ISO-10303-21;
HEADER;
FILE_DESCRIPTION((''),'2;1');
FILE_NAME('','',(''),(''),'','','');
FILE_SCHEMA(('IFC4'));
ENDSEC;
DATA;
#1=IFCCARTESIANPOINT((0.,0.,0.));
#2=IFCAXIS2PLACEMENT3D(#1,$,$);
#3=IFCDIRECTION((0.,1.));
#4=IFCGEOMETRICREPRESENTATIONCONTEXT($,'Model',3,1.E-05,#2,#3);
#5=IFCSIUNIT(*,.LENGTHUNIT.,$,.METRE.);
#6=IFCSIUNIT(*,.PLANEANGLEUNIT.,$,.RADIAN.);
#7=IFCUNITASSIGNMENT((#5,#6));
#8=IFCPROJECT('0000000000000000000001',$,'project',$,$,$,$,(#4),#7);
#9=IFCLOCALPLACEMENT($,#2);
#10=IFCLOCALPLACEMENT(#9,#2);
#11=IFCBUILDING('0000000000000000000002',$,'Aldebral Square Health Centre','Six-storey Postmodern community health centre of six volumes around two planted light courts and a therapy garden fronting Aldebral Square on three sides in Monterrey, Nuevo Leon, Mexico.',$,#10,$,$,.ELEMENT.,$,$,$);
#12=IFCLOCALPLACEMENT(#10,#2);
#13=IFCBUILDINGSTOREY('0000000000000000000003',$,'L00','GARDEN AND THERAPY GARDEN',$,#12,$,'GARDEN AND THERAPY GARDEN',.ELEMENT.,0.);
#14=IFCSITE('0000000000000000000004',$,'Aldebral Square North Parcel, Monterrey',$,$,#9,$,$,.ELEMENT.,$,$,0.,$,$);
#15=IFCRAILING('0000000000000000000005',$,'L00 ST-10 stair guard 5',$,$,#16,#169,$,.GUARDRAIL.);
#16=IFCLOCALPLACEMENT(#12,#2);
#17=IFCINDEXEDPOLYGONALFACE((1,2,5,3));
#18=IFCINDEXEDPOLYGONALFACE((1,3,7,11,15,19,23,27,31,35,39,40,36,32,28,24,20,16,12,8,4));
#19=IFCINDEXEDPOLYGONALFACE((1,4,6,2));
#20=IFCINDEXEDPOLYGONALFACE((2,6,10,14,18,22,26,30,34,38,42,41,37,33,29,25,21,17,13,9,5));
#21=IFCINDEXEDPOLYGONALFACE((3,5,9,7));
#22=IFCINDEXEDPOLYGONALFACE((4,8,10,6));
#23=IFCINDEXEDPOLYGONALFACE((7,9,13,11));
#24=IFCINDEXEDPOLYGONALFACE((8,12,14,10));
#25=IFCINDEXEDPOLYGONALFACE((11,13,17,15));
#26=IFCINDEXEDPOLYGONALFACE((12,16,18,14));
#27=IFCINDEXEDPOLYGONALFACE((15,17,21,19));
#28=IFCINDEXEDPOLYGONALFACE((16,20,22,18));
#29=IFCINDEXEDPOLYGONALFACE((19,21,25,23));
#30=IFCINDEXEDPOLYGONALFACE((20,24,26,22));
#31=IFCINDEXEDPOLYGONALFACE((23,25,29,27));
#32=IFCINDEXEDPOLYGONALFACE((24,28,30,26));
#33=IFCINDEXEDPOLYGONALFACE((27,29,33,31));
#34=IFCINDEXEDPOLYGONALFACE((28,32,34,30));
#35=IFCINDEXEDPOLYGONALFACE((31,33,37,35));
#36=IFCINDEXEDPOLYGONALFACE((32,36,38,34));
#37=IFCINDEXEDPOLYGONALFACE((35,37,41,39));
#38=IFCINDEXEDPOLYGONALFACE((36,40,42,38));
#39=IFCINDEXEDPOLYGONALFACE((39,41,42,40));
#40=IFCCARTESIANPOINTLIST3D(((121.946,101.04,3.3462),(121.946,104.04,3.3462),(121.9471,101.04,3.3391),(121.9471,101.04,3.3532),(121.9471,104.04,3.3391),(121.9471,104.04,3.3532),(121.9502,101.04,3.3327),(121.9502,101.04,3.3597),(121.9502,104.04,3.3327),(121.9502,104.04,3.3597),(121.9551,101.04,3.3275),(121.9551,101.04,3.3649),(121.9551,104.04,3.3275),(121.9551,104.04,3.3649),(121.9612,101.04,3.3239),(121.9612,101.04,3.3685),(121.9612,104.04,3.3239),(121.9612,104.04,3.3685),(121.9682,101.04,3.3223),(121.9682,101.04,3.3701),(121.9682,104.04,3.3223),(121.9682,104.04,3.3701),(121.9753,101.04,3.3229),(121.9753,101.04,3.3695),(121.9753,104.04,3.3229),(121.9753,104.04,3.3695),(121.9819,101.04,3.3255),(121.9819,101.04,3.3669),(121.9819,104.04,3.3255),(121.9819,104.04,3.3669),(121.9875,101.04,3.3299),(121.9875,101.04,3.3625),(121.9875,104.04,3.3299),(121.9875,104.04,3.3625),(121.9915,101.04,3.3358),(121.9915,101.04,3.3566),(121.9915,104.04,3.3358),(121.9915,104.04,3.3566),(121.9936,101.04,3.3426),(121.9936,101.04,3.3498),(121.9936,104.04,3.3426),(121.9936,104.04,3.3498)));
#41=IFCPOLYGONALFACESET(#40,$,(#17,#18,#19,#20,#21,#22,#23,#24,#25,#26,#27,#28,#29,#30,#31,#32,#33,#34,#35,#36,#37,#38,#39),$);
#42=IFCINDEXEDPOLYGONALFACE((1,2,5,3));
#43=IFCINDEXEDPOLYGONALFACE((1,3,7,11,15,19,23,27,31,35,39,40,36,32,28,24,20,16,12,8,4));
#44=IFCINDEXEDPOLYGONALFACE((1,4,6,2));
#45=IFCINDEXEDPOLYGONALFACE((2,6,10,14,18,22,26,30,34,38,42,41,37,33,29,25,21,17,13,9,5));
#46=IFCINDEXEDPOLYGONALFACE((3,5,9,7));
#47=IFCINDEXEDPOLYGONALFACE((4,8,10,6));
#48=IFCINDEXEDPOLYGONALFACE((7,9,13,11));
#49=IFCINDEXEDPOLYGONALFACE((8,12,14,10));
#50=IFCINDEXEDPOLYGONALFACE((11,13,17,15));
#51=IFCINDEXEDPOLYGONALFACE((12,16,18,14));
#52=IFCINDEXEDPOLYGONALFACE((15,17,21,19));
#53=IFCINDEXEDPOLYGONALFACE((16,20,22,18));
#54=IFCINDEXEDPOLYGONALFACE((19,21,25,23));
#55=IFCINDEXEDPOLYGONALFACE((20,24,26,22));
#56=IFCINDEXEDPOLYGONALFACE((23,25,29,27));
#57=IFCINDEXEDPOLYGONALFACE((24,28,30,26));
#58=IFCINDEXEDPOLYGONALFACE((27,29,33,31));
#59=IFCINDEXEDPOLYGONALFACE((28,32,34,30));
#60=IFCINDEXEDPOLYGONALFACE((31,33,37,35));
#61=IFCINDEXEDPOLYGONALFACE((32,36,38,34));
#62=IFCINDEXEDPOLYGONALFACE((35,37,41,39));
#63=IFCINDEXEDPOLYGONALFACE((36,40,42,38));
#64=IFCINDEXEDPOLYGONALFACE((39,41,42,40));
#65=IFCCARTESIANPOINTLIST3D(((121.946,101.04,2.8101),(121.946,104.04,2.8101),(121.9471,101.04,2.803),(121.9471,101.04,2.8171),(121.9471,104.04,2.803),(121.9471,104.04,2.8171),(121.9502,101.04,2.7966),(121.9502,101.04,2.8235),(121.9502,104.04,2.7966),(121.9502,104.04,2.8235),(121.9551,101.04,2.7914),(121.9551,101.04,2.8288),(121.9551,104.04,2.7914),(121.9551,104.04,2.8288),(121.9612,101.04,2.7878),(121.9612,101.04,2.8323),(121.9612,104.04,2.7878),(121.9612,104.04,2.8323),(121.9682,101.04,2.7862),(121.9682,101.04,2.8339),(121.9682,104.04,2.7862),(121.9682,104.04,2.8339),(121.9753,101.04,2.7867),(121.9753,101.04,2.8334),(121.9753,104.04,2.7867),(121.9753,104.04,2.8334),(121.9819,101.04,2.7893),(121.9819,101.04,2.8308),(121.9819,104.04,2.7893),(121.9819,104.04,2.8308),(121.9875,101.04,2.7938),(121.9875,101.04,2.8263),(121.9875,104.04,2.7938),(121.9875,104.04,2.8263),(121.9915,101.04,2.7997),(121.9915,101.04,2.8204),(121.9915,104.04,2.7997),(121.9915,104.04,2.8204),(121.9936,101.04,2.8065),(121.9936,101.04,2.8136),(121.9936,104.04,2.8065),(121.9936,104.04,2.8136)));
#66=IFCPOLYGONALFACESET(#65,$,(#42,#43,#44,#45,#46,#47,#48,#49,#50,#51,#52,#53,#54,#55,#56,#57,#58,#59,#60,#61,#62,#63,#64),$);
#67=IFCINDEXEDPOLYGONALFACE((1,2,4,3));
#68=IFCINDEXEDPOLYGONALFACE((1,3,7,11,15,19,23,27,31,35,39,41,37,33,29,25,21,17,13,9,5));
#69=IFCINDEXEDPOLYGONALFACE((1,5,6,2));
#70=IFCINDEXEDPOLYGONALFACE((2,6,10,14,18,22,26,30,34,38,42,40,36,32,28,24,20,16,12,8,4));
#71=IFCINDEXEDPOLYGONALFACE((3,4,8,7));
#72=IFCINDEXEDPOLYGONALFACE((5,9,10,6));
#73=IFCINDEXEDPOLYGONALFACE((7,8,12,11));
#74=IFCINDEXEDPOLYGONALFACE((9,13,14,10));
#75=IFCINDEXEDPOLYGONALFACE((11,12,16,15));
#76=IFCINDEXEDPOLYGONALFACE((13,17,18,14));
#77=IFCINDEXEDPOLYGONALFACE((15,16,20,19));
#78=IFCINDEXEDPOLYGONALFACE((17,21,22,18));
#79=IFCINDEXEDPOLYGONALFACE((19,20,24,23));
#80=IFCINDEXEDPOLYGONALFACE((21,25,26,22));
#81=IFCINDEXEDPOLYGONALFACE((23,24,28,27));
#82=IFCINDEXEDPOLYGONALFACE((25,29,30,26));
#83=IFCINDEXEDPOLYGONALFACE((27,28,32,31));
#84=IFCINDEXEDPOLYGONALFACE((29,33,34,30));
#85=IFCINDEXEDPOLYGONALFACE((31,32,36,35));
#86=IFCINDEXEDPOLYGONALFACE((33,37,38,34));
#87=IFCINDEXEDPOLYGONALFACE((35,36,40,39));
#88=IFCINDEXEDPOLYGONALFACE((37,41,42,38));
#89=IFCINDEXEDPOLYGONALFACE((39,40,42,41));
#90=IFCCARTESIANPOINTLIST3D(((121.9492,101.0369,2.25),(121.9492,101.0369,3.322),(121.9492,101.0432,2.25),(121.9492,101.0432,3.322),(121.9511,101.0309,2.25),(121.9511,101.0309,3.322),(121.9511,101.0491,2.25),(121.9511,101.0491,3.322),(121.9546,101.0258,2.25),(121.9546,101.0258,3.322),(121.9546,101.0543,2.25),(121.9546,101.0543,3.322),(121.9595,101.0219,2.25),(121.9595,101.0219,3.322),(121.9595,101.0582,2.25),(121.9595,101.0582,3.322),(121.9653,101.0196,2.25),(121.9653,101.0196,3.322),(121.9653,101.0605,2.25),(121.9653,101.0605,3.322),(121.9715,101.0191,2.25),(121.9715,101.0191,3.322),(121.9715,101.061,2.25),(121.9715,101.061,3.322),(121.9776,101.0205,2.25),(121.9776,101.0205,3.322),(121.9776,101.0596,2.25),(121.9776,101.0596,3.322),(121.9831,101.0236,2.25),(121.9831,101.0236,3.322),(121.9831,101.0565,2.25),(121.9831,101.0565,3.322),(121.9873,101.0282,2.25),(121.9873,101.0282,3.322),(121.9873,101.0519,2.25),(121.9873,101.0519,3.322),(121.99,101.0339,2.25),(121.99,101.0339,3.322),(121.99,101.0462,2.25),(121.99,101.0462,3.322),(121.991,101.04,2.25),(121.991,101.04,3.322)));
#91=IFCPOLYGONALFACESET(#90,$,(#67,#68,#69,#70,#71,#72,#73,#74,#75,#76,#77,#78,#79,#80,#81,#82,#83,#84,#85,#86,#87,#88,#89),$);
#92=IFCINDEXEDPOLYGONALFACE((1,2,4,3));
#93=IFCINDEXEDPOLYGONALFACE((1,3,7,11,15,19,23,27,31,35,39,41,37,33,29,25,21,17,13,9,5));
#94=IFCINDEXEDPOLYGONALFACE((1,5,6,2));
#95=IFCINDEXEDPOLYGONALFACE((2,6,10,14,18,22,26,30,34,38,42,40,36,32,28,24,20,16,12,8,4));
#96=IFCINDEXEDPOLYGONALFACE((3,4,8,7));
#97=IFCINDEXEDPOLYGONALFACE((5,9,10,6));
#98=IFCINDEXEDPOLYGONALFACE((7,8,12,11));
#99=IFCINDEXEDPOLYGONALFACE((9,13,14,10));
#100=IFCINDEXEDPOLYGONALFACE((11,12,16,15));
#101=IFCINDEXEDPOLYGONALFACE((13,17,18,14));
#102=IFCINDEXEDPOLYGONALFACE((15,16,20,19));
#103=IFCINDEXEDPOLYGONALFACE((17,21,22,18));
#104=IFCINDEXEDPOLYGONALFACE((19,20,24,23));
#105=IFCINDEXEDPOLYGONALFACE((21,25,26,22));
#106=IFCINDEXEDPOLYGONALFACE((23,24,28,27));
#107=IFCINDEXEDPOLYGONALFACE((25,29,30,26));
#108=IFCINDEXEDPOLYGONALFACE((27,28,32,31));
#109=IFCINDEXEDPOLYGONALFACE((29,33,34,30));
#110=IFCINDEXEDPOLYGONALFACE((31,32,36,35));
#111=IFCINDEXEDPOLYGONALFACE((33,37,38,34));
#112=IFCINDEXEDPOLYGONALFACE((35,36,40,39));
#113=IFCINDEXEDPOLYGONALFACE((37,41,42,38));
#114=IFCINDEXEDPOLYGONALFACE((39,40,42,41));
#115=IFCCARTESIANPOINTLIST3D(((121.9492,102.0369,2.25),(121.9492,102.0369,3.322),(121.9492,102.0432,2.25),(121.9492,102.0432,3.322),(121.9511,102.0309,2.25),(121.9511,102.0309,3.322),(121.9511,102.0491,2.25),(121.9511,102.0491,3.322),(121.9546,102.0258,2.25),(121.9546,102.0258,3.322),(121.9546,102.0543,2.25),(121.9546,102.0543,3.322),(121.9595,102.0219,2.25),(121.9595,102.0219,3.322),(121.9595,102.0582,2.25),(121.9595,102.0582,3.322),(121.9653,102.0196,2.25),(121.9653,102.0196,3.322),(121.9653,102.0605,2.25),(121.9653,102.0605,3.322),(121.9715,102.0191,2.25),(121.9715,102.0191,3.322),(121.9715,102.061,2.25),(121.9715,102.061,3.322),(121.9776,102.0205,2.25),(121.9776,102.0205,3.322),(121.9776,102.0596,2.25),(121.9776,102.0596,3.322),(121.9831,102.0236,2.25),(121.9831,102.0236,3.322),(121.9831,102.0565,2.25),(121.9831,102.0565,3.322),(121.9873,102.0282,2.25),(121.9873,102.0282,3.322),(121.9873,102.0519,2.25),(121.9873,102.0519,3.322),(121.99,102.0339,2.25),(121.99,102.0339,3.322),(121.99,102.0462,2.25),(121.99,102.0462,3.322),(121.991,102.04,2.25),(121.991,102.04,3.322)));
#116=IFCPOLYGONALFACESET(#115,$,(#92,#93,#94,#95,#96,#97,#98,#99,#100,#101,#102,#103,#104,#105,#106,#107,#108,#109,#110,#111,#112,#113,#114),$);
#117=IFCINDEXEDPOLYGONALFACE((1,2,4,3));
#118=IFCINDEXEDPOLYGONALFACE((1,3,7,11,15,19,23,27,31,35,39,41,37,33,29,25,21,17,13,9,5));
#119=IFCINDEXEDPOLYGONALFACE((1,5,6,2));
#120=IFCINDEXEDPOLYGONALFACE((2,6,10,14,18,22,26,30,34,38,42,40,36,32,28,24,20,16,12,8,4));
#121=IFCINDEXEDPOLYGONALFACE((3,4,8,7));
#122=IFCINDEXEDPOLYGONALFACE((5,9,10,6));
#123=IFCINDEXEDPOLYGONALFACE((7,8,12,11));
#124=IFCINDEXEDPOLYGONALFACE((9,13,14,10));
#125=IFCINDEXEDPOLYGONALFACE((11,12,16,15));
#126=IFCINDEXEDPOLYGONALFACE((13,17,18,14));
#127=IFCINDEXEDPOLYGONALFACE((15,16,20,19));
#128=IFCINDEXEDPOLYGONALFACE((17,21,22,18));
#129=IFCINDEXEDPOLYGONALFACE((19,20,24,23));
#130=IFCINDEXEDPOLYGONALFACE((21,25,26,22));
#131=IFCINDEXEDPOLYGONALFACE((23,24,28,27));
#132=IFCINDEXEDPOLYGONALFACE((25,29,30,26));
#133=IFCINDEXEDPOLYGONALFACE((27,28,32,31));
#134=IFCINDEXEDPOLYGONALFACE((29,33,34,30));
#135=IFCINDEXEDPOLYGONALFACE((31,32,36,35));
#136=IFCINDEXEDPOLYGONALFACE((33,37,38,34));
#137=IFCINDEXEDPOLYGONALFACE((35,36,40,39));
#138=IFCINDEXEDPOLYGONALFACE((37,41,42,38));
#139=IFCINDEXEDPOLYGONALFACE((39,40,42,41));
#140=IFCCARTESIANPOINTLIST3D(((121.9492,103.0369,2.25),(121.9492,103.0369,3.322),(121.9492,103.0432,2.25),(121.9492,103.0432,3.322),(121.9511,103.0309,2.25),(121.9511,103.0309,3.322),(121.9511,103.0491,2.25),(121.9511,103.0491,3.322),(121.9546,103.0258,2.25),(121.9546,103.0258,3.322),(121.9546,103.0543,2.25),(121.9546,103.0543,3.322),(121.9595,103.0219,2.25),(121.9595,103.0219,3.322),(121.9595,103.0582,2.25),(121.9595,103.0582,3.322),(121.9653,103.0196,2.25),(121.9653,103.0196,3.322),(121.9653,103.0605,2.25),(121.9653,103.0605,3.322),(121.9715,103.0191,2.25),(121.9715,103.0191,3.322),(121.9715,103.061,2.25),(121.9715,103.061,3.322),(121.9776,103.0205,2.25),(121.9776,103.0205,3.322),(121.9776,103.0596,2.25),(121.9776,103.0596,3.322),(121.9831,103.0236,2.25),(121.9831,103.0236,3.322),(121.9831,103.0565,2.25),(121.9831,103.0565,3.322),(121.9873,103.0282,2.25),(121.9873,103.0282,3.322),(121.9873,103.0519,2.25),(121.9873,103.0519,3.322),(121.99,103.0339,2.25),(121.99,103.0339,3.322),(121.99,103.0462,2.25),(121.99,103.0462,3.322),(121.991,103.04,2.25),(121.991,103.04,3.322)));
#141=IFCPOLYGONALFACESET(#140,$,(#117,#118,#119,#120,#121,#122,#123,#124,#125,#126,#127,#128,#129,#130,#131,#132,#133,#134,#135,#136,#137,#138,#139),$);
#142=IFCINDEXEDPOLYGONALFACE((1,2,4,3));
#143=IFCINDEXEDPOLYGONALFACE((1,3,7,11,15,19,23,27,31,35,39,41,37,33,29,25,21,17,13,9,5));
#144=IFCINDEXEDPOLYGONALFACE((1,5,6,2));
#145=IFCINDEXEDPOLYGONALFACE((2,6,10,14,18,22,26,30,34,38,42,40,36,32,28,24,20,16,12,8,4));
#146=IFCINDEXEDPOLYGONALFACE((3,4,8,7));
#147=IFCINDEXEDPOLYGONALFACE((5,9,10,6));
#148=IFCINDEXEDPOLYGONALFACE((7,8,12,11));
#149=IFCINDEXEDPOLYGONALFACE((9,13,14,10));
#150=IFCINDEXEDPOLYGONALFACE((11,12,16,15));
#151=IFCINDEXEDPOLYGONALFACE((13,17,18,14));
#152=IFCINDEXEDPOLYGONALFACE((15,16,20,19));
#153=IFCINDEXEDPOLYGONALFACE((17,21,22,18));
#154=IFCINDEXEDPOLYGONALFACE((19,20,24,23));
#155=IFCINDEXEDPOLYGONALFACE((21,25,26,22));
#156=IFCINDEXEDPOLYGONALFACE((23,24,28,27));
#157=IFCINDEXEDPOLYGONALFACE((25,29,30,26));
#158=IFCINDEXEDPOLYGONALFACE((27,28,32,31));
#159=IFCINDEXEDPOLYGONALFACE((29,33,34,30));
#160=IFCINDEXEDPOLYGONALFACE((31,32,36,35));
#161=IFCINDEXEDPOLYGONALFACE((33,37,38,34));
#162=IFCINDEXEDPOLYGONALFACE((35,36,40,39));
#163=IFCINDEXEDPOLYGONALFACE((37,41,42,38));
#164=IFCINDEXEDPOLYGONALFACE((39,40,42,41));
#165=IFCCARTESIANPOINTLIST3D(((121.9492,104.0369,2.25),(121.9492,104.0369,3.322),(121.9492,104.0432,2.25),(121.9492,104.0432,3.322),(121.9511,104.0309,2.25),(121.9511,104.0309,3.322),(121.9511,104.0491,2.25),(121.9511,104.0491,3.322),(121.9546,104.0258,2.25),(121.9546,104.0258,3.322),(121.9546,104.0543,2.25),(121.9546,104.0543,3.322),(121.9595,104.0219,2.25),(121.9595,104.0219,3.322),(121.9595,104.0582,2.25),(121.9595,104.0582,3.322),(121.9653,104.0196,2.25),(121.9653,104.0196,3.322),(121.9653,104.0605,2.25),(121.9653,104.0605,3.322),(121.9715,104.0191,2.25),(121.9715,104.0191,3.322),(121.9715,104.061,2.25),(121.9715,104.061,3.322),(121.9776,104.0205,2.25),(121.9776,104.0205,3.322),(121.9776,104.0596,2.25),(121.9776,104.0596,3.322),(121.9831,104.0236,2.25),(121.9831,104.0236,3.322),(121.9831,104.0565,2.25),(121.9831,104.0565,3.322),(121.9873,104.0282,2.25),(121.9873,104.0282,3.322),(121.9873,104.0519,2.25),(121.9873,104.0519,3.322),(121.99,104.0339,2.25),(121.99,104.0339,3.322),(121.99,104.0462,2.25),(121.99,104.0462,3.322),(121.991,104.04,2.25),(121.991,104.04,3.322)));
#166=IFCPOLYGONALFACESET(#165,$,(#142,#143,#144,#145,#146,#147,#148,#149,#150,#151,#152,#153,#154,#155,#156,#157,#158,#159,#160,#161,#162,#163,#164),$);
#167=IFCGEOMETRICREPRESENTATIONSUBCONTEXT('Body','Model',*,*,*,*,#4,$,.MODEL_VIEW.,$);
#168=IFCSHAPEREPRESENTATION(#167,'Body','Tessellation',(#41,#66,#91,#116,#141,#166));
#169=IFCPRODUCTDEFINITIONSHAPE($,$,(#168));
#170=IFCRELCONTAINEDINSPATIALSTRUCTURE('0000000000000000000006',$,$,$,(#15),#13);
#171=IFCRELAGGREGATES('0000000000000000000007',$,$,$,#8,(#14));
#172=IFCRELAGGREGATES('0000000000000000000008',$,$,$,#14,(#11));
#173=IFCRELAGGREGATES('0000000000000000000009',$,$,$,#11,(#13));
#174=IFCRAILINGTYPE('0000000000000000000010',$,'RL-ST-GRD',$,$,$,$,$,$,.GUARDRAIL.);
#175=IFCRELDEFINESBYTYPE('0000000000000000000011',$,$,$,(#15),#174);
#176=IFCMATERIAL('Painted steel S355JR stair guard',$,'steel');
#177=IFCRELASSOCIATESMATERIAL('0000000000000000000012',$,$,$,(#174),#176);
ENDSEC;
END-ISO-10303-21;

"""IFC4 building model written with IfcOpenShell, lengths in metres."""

from ifc_helpers import new_model, si_unit, direction, frame, origin, origin_2d, place, context, subcontext, project, spatial, circle, extrude, material, type_object, element, save


model = new_model("IFC4")

# Units and contexts
model_context = context("Model", 3, precision=1e-05, world=origin(), true_north=direction((0.0, 1.0)))
body_context = subcontext(model_context, "Body", "Model", "MODEL_VIEW")
ifc_project = project(units=[si_unit("LENGTHUNIT", "METRE"), si_unit("PLANEANGLEUNIT", "RADIAN")], contexts=[model_context])

# Site, building, storey
site_placement = place(None, origin())
site = spatial("IfcSite", under=ifc_project, at=site_placement, Name="Aldebral Square North Parcel, Monterrey", CompositionType="ELEMENT", RefElevation=0.0)
building_placement = place(site_placement, origin())
building = spatial("IfcBuilding", under=site, at=building_placement, Name="Aldebral Square Health Centre", Description="Six-storey Postmodern community health centre of six volumes around two planted light courts and a therapy garden fronting Aldebral Square on three sides in Monterrey, Nuevo Leon, Mexico.", CompositionType="ELEMENT")
storey_placement = place(building_placement, origin())
storey = spatial("IfcBuildingStorey", under=building, at=storey_placement, Name="L00", Description="GARDEN AND THERAPY GARDEN", LongName="GARDEN AND THERAPY GARDEN", CompositionType="ELEMENT", Elevation=0.0)

# Railing
ifc_material_1 = material(Name="Painted steel S355JR stair guard", Category="steel")
railing_type_1 = type_object("IfcRailingType", Name="RL-ST-GRD", PredefinedType="GUARDRAIL", material=ifc_material_1)
for number, where, name in (
    (1, (121.97, 101.04, 2.25), "L00 ST-10 stair guard 5"),
):
    element("IfcRailing", number, at=place(storey_placement, frame(where)), inside=storey, type_object=railing_type_1, Name=name, PredefinedType="GUARDRAIL", context=body_context, shape_type="SweptSolid", body=[
        extrude(circle(Radius=0.0239, at=origin_2d()), frame((0.0, 0.0, 1.0962), z_axis=(0.0, 1.0, 0.0), x_axis=(-1.0, 0.0, 0.0)), (0.0, 0.0, 1.0), 3.0),
        extrude(circle(Radius=0.0239, at=origin_2d()), frame((0.0, 0.0, 0.5601), z_axis=(0.0, 1.0, 0.0), x_axis=(-1.0, 0.0, 0.0)), (0.0, 0.0, 1.0), 3.0),
        extrude(circle(Radius=0.021, at=origin_2d()), origin(), (0.0, 0.0, 1.0), 1.072),
        extrude(circle(Radius=0.021, at=origin_2d()), frame((0.0, 1.0, 0.0)), (0.0, 0.0, 1.0), 1.072),
        extrude(circle(Radius=0.021, at=origin_2d()), frame((0.0, 2.0, 0.0)), (0.0, 0.0, 1.0), 1.072),
        extrude(circle(Radius=0.021, at=origin_2d()), frame((0.0, 3.0, 0.0)), (0.0, 0.0, 1.0), 1.072),
    ])

save(model, "model.ifc")
